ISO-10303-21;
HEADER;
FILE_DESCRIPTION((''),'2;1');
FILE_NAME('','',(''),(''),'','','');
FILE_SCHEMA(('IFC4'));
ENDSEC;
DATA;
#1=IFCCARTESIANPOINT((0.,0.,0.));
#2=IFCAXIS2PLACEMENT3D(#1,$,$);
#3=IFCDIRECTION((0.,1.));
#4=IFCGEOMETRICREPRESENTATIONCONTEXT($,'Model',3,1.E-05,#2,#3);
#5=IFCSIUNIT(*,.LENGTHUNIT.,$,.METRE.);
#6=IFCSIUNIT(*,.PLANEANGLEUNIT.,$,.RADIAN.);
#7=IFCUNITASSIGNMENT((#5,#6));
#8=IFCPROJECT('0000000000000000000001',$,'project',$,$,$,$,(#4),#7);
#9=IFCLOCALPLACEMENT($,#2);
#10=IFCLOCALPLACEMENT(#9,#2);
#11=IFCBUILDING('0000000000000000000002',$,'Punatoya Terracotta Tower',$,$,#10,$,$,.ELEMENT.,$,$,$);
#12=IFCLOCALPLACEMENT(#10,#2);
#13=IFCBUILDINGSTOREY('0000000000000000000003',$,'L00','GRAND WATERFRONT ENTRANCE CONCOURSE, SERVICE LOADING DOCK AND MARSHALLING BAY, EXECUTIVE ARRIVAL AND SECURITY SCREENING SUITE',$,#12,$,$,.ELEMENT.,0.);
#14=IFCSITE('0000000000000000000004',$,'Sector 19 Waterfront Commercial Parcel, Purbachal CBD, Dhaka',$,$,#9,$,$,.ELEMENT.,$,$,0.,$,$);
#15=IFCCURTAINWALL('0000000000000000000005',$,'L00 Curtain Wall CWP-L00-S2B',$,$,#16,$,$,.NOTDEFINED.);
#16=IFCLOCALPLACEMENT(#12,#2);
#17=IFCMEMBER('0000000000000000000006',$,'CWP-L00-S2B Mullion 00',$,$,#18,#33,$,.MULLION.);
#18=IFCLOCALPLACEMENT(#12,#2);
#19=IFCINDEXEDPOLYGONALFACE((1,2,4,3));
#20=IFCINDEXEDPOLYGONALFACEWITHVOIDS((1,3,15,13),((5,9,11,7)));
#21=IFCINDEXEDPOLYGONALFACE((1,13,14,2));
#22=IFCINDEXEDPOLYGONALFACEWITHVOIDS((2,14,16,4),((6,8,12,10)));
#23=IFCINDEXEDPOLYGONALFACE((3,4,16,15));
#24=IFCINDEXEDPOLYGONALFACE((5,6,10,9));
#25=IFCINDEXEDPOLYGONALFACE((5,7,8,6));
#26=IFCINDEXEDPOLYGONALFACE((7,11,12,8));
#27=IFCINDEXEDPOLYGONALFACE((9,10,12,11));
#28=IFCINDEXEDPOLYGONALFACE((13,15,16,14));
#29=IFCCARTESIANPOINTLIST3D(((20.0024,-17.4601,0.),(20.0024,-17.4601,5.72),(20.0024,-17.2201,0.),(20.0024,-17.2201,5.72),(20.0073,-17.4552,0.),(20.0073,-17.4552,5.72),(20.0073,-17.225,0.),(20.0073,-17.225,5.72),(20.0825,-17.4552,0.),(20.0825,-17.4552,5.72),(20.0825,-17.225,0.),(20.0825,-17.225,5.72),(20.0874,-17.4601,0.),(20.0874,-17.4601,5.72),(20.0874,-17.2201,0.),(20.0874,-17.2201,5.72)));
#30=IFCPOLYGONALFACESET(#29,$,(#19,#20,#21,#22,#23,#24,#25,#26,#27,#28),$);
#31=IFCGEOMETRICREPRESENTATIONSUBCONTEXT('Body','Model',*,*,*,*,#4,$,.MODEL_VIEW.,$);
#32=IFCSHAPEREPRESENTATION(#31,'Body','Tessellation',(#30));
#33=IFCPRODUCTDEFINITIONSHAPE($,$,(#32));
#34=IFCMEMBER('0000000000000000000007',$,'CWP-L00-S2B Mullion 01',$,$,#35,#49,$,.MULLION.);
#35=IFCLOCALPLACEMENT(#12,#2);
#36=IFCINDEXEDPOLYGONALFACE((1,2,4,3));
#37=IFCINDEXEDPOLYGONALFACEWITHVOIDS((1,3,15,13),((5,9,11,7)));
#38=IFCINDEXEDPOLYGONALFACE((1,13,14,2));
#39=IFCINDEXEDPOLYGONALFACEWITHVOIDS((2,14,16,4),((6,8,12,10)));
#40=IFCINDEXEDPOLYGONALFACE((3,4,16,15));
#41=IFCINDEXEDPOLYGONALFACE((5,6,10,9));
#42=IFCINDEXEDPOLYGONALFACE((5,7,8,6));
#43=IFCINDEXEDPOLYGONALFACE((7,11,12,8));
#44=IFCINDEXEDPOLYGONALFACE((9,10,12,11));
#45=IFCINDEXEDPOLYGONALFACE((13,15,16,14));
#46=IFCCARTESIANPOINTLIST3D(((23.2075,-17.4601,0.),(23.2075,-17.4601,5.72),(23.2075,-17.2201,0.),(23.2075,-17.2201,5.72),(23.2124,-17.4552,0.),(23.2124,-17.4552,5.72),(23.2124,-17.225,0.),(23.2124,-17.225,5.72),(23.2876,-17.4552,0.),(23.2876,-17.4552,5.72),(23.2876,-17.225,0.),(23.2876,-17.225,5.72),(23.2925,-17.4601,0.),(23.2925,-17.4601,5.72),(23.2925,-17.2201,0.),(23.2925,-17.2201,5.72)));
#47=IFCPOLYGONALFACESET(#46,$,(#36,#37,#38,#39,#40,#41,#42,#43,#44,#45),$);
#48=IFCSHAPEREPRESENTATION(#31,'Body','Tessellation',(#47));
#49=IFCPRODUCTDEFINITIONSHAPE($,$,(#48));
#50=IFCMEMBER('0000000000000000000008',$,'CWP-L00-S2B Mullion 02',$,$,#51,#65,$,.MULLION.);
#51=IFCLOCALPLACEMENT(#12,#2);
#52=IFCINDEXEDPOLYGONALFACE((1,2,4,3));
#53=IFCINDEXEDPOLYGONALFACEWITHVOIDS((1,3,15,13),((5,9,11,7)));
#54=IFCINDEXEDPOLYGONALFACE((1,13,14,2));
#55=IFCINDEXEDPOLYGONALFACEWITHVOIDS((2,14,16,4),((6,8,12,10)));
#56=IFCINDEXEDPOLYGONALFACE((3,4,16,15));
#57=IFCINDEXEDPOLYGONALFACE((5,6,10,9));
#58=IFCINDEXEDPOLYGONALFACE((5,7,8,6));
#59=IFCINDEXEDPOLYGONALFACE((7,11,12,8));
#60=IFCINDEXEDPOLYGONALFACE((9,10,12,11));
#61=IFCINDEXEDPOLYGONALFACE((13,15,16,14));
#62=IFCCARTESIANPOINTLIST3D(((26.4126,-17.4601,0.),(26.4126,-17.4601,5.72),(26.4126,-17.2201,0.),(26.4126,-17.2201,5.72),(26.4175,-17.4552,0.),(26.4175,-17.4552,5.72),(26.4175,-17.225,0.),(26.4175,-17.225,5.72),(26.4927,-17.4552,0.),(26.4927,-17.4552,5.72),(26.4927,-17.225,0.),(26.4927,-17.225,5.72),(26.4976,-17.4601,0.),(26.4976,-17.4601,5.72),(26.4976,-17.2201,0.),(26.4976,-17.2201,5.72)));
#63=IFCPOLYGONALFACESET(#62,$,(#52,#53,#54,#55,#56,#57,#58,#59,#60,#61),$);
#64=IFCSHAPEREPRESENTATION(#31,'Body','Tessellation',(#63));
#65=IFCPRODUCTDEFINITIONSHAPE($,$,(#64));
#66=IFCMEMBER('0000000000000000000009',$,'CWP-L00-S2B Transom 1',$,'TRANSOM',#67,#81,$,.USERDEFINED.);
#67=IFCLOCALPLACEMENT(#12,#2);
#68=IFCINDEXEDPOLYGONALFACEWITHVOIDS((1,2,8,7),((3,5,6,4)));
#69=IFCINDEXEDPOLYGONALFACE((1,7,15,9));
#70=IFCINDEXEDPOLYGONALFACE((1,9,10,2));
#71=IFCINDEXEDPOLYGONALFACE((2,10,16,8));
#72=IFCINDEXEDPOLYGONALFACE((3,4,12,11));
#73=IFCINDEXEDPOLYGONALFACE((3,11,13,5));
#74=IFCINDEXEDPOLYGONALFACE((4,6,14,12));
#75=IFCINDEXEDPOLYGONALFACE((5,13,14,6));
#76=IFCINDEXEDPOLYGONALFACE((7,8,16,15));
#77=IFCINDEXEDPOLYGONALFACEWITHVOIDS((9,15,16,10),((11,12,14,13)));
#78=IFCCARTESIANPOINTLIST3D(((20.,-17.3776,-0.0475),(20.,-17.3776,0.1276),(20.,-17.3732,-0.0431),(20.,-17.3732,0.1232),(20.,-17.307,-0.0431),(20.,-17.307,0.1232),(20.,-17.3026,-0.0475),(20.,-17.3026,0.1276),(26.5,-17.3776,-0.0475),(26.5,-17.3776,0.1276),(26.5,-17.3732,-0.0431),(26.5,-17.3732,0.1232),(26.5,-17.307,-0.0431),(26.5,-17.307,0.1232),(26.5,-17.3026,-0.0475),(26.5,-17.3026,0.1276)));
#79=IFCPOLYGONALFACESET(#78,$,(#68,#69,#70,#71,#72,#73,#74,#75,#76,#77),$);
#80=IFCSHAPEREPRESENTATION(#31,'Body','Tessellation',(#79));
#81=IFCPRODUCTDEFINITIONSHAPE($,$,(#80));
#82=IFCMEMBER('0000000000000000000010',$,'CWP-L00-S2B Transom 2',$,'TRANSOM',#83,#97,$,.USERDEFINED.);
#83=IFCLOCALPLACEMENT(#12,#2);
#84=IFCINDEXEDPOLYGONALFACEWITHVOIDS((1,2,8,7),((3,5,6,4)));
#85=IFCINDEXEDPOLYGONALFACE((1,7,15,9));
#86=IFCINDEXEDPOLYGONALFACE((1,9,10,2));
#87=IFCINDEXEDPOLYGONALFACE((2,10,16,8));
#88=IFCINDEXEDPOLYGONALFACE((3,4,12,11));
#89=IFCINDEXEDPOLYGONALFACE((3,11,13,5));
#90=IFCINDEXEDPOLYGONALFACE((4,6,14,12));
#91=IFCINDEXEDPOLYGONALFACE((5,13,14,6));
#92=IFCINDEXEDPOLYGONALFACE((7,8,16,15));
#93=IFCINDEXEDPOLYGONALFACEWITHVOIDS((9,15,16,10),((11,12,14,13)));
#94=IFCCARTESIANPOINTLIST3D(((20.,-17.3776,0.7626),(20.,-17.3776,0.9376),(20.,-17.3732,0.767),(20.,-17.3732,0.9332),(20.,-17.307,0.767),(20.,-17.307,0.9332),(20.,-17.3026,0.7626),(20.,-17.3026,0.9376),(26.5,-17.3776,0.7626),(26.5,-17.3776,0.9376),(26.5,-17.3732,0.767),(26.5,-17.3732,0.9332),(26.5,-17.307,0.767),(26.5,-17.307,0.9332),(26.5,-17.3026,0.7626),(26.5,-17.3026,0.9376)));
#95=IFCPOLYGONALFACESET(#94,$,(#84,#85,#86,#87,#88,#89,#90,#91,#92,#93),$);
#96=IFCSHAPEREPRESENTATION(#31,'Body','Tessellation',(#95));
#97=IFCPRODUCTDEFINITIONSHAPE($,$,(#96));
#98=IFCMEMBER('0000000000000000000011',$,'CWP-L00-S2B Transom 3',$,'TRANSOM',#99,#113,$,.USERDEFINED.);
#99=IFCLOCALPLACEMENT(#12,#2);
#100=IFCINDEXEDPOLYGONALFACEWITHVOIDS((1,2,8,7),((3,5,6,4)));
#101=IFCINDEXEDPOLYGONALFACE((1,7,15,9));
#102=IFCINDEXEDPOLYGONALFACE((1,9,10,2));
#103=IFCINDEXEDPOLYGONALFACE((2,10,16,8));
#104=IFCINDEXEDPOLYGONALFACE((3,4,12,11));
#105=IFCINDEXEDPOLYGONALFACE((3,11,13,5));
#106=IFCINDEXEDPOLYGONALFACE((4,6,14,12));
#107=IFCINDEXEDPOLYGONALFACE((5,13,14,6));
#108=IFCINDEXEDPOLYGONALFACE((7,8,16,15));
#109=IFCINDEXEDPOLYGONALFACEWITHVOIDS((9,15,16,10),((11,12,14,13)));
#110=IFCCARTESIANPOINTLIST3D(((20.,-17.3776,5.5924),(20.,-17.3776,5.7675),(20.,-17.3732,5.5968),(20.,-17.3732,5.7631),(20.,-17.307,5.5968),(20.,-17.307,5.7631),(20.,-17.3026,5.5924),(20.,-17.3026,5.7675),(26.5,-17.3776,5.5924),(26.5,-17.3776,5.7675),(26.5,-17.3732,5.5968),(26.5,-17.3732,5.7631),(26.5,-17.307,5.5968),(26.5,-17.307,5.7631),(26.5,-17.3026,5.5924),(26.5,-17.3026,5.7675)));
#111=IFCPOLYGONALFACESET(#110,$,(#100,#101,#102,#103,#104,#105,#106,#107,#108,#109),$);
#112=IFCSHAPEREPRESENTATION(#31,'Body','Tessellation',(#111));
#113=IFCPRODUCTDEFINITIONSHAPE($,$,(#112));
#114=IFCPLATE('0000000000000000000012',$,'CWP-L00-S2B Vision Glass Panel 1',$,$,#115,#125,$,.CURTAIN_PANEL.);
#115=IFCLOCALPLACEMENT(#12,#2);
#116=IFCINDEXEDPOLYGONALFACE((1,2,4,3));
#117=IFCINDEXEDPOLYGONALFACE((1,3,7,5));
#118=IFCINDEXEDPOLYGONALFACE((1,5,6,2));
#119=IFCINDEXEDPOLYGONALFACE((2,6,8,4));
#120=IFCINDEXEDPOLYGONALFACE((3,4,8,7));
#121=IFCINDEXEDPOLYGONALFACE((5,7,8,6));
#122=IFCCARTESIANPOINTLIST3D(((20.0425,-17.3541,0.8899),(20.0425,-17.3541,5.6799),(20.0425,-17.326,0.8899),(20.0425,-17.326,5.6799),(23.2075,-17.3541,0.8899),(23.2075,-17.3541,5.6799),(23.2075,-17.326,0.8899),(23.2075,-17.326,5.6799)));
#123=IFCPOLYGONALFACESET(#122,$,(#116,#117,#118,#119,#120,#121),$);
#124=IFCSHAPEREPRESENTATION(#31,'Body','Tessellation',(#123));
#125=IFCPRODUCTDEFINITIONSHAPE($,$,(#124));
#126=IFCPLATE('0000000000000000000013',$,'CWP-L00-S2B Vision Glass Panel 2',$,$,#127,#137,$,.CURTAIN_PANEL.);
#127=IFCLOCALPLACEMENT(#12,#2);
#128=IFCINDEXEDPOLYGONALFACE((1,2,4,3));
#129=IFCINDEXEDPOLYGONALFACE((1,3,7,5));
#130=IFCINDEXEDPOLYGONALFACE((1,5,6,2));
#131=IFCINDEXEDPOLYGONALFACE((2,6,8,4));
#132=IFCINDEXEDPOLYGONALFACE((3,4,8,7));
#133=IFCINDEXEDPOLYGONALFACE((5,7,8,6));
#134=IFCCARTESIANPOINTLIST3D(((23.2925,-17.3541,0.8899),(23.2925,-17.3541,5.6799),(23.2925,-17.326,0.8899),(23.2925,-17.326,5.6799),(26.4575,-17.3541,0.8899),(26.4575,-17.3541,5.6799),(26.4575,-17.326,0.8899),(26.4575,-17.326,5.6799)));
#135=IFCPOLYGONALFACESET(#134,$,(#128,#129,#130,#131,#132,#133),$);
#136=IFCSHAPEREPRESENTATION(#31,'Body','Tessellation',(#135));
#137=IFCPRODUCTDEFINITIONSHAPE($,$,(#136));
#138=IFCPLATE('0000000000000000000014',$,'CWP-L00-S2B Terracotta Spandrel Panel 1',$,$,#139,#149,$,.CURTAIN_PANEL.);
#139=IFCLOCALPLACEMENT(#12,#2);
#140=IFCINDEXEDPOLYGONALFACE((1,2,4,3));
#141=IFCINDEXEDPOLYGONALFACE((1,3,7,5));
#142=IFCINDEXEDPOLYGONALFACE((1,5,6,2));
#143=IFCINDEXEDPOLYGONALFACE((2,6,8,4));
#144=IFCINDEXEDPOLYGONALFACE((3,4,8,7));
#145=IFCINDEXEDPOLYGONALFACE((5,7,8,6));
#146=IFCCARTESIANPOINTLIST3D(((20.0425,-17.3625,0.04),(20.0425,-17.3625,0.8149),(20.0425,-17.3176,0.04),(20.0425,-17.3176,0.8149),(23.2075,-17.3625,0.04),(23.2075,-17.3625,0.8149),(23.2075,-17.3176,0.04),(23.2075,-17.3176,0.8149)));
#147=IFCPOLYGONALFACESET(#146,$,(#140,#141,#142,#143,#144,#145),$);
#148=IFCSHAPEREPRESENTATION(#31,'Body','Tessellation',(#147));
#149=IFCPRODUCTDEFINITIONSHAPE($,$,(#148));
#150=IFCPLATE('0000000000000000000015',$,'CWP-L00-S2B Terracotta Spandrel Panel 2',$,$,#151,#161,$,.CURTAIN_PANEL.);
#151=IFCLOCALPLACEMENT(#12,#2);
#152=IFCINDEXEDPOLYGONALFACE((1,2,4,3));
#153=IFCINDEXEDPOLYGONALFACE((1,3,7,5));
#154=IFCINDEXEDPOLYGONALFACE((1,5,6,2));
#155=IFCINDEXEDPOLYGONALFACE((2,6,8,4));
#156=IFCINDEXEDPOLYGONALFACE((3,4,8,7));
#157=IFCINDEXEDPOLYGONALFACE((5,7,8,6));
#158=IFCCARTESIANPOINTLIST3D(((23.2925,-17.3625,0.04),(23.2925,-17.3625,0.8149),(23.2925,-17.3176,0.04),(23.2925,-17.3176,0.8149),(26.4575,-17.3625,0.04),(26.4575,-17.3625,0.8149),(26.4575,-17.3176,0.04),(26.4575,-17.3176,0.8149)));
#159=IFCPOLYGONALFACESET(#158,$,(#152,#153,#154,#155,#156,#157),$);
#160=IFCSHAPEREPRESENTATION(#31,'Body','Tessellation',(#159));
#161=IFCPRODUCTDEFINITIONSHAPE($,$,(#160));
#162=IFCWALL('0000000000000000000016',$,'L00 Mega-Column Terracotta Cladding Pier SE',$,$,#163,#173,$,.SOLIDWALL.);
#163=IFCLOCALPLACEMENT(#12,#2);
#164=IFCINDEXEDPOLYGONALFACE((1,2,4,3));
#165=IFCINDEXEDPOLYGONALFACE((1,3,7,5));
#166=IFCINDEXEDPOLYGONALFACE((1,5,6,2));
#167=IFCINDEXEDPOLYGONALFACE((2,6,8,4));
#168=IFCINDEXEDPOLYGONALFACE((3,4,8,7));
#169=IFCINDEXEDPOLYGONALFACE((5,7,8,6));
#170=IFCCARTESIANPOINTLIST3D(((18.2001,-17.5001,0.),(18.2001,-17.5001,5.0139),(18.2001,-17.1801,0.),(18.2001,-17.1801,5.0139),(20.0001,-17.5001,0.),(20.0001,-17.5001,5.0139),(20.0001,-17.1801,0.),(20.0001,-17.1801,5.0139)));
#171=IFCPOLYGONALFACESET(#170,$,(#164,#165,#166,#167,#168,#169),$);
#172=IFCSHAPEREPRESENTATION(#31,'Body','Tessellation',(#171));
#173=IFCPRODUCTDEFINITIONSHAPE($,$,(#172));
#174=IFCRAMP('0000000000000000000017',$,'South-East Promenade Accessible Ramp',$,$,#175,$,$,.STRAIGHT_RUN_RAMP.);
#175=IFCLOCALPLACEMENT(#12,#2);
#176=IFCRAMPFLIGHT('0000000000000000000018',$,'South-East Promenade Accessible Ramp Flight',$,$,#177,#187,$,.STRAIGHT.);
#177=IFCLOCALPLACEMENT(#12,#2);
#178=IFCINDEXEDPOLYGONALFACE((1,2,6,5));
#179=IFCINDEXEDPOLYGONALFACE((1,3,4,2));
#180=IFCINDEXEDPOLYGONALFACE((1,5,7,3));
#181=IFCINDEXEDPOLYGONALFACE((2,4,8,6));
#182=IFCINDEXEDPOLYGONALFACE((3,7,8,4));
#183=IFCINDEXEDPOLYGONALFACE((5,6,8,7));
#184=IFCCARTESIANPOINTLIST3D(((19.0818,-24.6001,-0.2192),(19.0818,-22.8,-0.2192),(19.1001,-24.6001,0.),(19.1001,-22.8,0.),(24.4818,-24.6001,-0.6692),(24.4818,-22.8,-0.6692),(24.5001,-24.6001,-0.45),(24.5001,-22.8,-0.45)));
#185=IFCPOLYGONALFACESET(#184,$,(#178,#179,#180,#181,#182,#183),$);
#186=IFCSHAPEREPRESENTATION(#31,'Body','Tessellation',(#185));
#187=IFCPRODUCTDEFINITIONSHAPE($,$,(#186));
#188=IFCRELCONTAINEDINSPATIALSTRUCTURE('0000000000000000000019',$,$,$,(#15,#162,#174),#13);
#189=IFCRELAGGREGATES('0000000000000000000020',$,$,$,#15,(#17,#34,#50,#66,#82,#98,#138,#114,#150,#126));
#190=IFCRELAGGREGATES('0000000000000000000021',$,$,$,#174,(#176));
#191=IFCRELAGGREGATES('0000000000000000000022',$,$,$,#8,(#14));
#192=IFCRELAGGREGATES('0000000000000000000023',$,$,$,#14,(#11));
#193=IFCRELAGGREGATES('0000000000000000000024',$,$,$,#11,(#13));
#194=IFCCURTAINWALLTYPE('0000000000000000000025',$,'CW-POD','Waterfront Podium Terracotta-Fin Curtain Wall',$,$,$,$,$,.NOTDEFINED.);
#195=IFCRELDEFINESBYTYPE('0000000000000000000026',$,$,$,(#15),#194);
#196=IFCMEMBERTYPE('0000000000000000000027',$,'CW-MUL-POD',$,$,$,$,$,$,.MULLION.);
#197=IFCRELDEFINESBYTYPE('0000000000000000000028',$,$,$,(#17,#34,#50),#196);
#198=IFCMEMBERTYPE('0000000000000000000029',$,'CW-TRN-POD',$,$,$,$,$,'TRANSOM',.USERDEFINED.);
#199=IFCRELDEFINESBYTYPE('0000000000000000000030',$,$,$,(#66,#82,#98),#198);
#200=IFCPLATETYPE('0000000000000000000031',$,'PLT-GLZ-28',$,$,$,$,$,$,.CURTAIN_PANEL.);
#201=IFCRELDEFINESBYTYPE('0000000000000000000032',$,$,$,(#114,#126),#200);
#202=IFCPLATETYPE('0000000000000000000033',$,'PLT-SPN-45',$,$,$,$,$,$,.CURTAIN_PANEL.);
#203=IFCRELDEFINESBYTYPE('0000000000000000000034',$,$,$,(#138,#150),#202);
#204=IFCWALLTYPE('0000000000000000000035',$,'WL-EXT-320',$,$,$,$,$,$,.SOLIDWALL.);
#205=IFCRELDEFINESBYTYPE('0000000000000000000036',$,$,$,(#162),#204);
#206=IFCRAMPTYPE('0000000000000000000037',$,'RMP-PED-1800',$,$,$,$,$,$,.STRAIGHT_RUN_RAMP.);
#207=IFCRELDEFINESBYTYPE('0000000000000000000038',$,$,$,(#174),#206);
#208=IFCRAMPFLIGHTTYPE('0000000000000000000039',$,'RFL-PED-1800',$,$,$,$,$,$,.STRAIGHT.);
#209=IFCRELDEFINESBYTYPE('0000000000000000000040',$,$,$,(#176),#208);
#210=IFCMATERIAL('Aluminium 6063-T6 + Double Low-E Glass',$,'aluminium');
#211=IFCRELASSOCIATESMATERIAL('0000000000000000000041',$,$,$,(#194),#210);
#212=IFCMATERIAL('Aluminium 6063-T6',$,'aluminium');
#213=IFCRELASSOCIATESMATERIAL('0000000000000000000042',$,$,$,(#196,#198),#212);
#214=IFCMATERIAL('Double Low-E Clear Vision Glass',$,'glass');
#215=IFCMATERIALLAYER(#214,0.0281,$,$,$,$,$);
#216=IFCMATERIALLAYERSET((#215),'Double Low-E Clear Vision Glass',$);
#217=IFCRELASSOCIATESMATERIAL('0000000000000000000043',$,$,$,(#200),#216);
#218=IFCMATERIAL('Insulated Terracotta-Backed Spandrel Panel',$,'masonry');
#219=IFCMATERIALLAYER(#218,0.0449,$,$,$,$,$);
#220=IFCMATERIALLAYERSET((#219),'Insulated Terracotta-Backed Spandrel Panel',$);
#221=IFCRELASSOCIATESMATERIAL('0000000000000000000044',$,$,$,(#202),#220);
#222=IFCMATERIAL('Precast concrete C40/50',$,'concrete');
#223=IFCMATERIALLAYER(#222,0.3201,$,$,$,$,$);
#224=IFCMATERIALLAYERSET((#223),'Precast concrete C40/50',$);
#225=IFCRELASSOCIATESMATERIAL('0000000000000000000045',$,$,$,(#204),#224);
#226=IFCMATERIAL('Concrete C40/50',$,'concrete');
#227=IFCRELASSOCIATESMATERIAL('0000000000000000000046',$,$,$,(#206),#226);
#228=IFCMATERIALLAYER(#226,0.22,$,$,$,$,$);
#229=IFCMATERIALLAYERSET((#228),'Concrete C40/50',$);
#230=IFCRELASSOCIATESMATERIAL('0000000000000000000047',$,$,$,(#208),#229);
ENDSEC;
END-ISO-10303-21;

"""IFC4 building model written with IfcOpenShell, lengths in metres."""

from ifc_helpers import new_model, si_unit, direction, frame, frame_2d, origin, origin_2d, place, context, subcontext, project, spatial, polyline, rectangle, hollow_rectangle, outline, extrude, material, layer, layer_set, material_profile, profile_set, type_object, element, aggregate, save


model = new_model("IFC4")

# Units and contexts
model_context = context("Model", 3, precision=1e-05, world=origin(), true_north=direction((0.0, 1.0)))
body_context = subcontext(model_context, "Body", "Model", "MODEL_VIEW")
ifc_project = project(units=[si_unit("LENGTHUNIT", "METRE"), si_unit("PLANEANGLEUNIT", "RADIAN")], contexts=[model_context])

# Site, building, storey
site_placement = place(None, origin())
site = spatial("IfcSite", under=ifc_project, at=site_placement, Name="Sector 19 Waterfront Commercial Parcel, Purbachal CBD, Dhaka", CompositionType="ELEMENT", RefElevation=0.0)
building_placement = place(site_placement, origin())
building = spatial("IfcBuilding", under=site, at=building_placement, Name="Punatoya Terracotta Tower", CompositionType="ELEMENT")
storey_placement = place(building_placement, origin())
storey = spatial("IfcBuildingStorey", under=building, at=storey_placement, Name="L00", Description="GRAND WATERFRONT ENTRANCE CONCOURSE, SERVICE LOADING DOCK AND MARSHALLING BAY, EXECUTIVE ARRIVAL AND SECURITY SCREENING SUITE", CompositionType="ELEMENT", Elevation=0.0)

# Curtain wall, members, plates
ifc_material_1 = material(Name="Aluminium 6063-T6 + Double Low-E Glass", Category="aluminium")
curtain_wall_type = type_object("IfcCurtainWallType", Name="CW-POD", Description="Waterfront Podium Terracotta-Fin Curtain Wall", PredefinedType="NOTDEFINED", material=ifc_material_1)
curtain_wall_placement = place(storey_placement, origin())
curtain_wall = element("IfcCurtainWall", 1, at=curtain_wall_placement, inside=storey, type_object=curtain_wall_type, Name="L00 Curtain Wall CWP-L00-S2B", PredefinedType="NOTDEFINED")
ifc_material_2 = material(Name="Aluminium 6063-T6", Category="aluminium")
ifc_material_profile_1 = material_profile(ifc_material_2, hollow_rectangle(XDim=0.085, YDim=0.24, WallThickness=0.0049, at=origin_2d()))
ifc_profile_set_1 = profile_set([ifc_material_profile_1], Name="Aluminium 6063-T6")
member_type_1 = type_object("IfcMemberType", Name="CW-MUL-POD", PredefinedType="MULLION", material=ifc_profile_set_1)
member_1_placement = place(storey_placement, frame((20.0449, -17.3401, 0.0), z_axis=(0.0, 0.0, 1.0), x_axis=(1.0, 0.0, 0.0)))
member_1 = element("IfcMember", 2, at=member_1_placement, type_object=member_type_1, Name="CWP-L00-S2B Mullion 00", PredefinedType="MULLION", context=body_context, shape_type="SweptSolid", body=[
    extrude(hollow_rectangle(XDim=0.085, YDim=0.24, WallThickness=0.0049, at=origin_2d()), origin(), (0.0, 0.0, 1.0), 5.72),
])
member_2_placement = place(storey_placement, frame((23.25, -17.3401, 0.0), z_axis=(0.0, 0.0, 1.0), x_axis=(1.0, 0.0, 0.0)))
member_2 = element("IfcMember", 3, at=member_2_placement, type_object=member_type_1, Name="CWP-L00-S2B Mullion 01", PredefinedType="MULLION", context=body_context, shape_type="SweptSolid", body=[
    extrude(hollow_rectangle(XDim=0.085, YDim=0.24, WallThickness=0.0049, at=origin_2d()), origin(), (0.0, 0.0, 1.0), 5.72),
])
member_3_placement = place(storey_placement, frame((26.4551, -17.3401, 0.0), z_axis=(0.0, 0.0, 1.0), x_axis=(1.0, 0.0, 0.0)))
member_3 = element("IfcMember", 4, at=member_3_placement, type_object=member_type_1, Name="CWP-L00-S2B Mullion 02", PredefinedType="MULLION", context=body_context, shape_type="SweptSolid", body=[
    extrude(hollow_rectangle(XDim=0.085, YDim=0.24, WallThickness=0.0049, at=origin_2d()), origin(), (0.0, 0.0, 1.0), 5.72),
])
ifc_material_profile_2 = material_profile(ifc_material_2, hollow_rectangle(XDim=0.075, YDim=0.175, WallThickness=0.0044, at=origin_2d()))
ifc_profile_set_2 = profile_set([ifc_material_profile_2], Name="Aluminium 6063-T6")
member_type_2 = type_object("IfcMemberType", Name="CW-TRN-POD", ElementType="TRANSOM", PredefinedType="USERDEFINED", material=ifc_profile_set_2)
member_4_placement = place(storey_placement, frame((20.0, -17.3401, 0.04), z_axis=(1.0, 0.0, 0.0), x_axis=(0.0, 1.0, 0.0)))
member_4 = element("IfcMember", 5, at=member_4_placement, type_object=member_type_2, Name="CWP-L00-S2B Transom 1", ObjectType="TRANSOM", PredefinedType="USERDEFINED", context=body_context, shape_type="SweptSolid", body=[
    extrude(hollow_rectangle(XDim=0.075, YDim=0.175, WallThickness=0.0044, at=origin_2d()), origin(), (0.0, 0.0, 1.0), 6.5),
])
member_5_placement = place(storey_placement, frame((20.0, -17.3401, 0.8501), z_axis=(1.0, 0.0, 0.0), x_axis=(0.0, 1.0, 0.0)))
member_5 = element("IfcMember", 6, at=member_5_placement, type_object=member_type_2, Name="CWP-L00-S2B Transom 2", ObjectType="TRANSOM", PredefinedType="USERDEFINED", context=body_context, shape_type="SweptSolid", body=[
    extrude(hollow_rectangle(XDim=0.075, YDim=0.175, WallThickness=0.0044, at=origin_2d()), origin(), (0.0, 0.0, 1.0), 6.5),
])
member_6_placement = place(storey_placement, frame((20.0, -17.3401, 5.6799), z_axis=(1.0, 0.0, 0.0), x_axis=(0.0, 1.0, 0.0)))
member_6 = element("IfcMember", 7, at=member_6_placement, type_object=member_type_2, Name="CWP-L00-S2B Transom 3", ObjectType="TRANSOM", PredefinedType="USERDEFINED", context=body_context, shape_type="SweptSolid", body=[
    extrude(hollow_rectangle(XDim=0.075, YDim=0.175, WallThickness=0.0044, at=origin_2d()), origin(), (0.0, 0.0, 1.0), 6.5),
])
ifc_material_3 = material(Name="Double Low-E Clear Vision Glass", Category="glass")
ifc_layer_1 = layer(ifc_material_3, 0.0281)
ifc_layer_set_1 = layer_set([ifc_layer_1], Name="Double Low-E Clear Vision Glass")
plate_type_1 = type_object("IfcPlateType", Name="PLT-GLZ-28", PredefinedType="CURTAIN_PANEL", material=ifc_layer_set_1)
plate_1_placement = place(storey_placement, frame((21.625, -17.3401, 0.8899), z_axis=(0.0, 0.0, 1.0), x_axis=(1.0, 0.0, 0.0)))
plate_1 = element("IfcPlate", 8, at=plate_1_placement, type_object=plate_type_1, Name="CWP-L00-S2B Vision Glass Panel 1", PredefinedType="CURTAIN_PANEL", context=body_context, shape_type="SweptSolid", body=[
    extrude(rectangle(XDim=3.165, YDim=0.0281, at=origin_2d()), origin(), (0.0, 0.0, 1.0), 4.79),
])
plate_2_placement = place(storey_placement, frame((24.875, -17.3401, 0.8899), z_axis=(0.0, 0.0, 1.0), x_axis=(1.0, 0.0, 0.0)))
plate_2 = element("IfcPlate", 9, at=plate_2_placement, type_object=plate_type_1, Name="CWP-L00-S2B Vision Glass Panel 2", PredefinedType="CURTAIN_PANEL", context=body_context, shape_type="SweptSolid", body=[
    extrude(rectangle(XDim=3.165, YDim=0.0281, at=origin_2d()), origin(), (0.0, 0.0, 1.0), 4.79),
])
ifc_material_4 = material(Name="Insulated Terracotta-Backed Spandrel Panel", Category="masonry")
ifc_layer_2 = layer(ifc_material_4, 0.0449)
ifc_layer_set_2 = layer_set([ifc_layer_2], Name="Insulated Terracotta-Backed Spandrel Panel")
plate_type_2 = type_object("IfcPlateType", Name="PLT-SPN-45", PredefinedType="CURTAIN_PANEL", material=ifc_layer_set_2)
plate_3_placement = place(storey_placement, frame((21.625, -17.3401, 0.04), z_axis=(0.0, 0.0, 1.0), x_axis=(1.0, 0.0, 0.0)))
plate_3 = element("IfcPlate", 10, at=plate_3_placement, type_object=plate_type_2, Name="CWP-L00-S2B Terracotta Spandrel Panel 1", PredefinedType="CURTAIN_PANEL", context=body_context, shape_type="SweptSolid", body=[
    extrude(rectangle(XDim=3.165, YDim=0.0449, at=origin_2d()), origin(), (0.0, 0.0, 1.0), 0.7749),
])
plate_4_placement = place(storey_placement, frame((24.875, -17.3401, 0.04), z_axis=(0.0, 0.0, 1.0), x_axis=(1.0, 0.0, 0.0)))
plate_4 = element("IfcPlate", 11, at=plate_4_placement, type_object=plate_type_2, Name="CWP-L00-S2B Terracotta Spandrel Panel 2", PredefinedType="CURTAIN_PANEL", context=body_context, shape_type="SweptSolid", body=[
    extrude(rectangle(XDim=3.165, YDim=0.0449, at=origin_2d()), origin(), (0.0, 0.0, 1.0), 0.7749),
])
aggregate(curtain_wall, [member_1, member_2, member_3, member_4, member_5, member_6, plate_3, plate_1, plate_4, plate_2])

# Wall
ifc_material_5 = material(Name="Precast concrete C40/50", Category="concrete")
ifc_layer_3 = layer(ifc_material_5, 0.3201)
ifc_layer_set_3 = layer_set([ifc_layer_3], Name="Precast concrete C40/50")
wall_type = type_object("IfcWallType", Name="WL-EXT-320", PredefinedType="SOLIDWALL", material=ifc_layer_set_3)
wall_1_placement = place(storey_placement, frame((20.0, -17.3401, 0.0), z_axis=(0.0, 0.0, 1.0), x_axis=(-1.0, 0.0, 0.0)))
element("IfcWall", 12, at=wall_1_placement, inside=storey, type_object=wall_type, Name="L00 Mega-Column Terracotta Cladding Pier SE", PredefinedType="SOLIDWALL", context=body_context, shape_type="SweptSolid", body=[
    extrude(rectangle(XDim=1.8, YDim=0.3201, at=frame_2d((0.8999, 0.0))), origin(), (0.0, 0.0, 1.0), 5.0139),
])

# Ramp, ramp flight
ifc_material_6 = material(Name="Concrete C40/50", Category="concrete")
ramp_type = type_object("IfcRampType", Name="RMP-PED-1800", PredefinedType="STRAIGHT_RUN_RAMP", material=ifc_material_6)
ramp_placement = place(storey_placement, origin())
ramp = element("IfcRamp", 13, at=ramp_placement, inside=storey, type_object=ramp_type, Name="South-East Promenade Accessible Ramp", PredefinedType="STRAIGHT_RUN_RAMP")
ifc_layer_4 = layer(ifc_material_6, 0.22)
ifc_layer_set_4 = layer_set([ifc_layer_4], Name="Concrete C40/50")
ramp_flight_type = type_object("IfcRampFlightType", Name="RFL-PED-1800", PredefinedType="STRAIGHT", material=ifc_layer_set_4)
ramp_flight_placement = place(storey_placement, frame((19.1001, -24.6001, 0.0), z_axis=(0.083038, 0.0, 0.996546), x_axis=(0.996546, 0.0, -0.083038)))
ramp_flight = element("IfcRampFlight", 14, at=ramp_flight_placement, type_object=ramp_flight_type, Name="South-East Promenade Accessible Ramp Flight", PredefinedType="STRAIGHT", context=body_context, shape_type="SweptSolid", body=[
    extrude(outline(polyline([(0.0, 0.0), (5.4187, 0.0), (5.4187, 1.8), (0.0, 1.8), (0.0, 0.0)])), origin(), (0.0, 0.0, -1.0), 0.22),
])
aggregate(ramp, [ramp_flight])

save(model, "model.ifc")
